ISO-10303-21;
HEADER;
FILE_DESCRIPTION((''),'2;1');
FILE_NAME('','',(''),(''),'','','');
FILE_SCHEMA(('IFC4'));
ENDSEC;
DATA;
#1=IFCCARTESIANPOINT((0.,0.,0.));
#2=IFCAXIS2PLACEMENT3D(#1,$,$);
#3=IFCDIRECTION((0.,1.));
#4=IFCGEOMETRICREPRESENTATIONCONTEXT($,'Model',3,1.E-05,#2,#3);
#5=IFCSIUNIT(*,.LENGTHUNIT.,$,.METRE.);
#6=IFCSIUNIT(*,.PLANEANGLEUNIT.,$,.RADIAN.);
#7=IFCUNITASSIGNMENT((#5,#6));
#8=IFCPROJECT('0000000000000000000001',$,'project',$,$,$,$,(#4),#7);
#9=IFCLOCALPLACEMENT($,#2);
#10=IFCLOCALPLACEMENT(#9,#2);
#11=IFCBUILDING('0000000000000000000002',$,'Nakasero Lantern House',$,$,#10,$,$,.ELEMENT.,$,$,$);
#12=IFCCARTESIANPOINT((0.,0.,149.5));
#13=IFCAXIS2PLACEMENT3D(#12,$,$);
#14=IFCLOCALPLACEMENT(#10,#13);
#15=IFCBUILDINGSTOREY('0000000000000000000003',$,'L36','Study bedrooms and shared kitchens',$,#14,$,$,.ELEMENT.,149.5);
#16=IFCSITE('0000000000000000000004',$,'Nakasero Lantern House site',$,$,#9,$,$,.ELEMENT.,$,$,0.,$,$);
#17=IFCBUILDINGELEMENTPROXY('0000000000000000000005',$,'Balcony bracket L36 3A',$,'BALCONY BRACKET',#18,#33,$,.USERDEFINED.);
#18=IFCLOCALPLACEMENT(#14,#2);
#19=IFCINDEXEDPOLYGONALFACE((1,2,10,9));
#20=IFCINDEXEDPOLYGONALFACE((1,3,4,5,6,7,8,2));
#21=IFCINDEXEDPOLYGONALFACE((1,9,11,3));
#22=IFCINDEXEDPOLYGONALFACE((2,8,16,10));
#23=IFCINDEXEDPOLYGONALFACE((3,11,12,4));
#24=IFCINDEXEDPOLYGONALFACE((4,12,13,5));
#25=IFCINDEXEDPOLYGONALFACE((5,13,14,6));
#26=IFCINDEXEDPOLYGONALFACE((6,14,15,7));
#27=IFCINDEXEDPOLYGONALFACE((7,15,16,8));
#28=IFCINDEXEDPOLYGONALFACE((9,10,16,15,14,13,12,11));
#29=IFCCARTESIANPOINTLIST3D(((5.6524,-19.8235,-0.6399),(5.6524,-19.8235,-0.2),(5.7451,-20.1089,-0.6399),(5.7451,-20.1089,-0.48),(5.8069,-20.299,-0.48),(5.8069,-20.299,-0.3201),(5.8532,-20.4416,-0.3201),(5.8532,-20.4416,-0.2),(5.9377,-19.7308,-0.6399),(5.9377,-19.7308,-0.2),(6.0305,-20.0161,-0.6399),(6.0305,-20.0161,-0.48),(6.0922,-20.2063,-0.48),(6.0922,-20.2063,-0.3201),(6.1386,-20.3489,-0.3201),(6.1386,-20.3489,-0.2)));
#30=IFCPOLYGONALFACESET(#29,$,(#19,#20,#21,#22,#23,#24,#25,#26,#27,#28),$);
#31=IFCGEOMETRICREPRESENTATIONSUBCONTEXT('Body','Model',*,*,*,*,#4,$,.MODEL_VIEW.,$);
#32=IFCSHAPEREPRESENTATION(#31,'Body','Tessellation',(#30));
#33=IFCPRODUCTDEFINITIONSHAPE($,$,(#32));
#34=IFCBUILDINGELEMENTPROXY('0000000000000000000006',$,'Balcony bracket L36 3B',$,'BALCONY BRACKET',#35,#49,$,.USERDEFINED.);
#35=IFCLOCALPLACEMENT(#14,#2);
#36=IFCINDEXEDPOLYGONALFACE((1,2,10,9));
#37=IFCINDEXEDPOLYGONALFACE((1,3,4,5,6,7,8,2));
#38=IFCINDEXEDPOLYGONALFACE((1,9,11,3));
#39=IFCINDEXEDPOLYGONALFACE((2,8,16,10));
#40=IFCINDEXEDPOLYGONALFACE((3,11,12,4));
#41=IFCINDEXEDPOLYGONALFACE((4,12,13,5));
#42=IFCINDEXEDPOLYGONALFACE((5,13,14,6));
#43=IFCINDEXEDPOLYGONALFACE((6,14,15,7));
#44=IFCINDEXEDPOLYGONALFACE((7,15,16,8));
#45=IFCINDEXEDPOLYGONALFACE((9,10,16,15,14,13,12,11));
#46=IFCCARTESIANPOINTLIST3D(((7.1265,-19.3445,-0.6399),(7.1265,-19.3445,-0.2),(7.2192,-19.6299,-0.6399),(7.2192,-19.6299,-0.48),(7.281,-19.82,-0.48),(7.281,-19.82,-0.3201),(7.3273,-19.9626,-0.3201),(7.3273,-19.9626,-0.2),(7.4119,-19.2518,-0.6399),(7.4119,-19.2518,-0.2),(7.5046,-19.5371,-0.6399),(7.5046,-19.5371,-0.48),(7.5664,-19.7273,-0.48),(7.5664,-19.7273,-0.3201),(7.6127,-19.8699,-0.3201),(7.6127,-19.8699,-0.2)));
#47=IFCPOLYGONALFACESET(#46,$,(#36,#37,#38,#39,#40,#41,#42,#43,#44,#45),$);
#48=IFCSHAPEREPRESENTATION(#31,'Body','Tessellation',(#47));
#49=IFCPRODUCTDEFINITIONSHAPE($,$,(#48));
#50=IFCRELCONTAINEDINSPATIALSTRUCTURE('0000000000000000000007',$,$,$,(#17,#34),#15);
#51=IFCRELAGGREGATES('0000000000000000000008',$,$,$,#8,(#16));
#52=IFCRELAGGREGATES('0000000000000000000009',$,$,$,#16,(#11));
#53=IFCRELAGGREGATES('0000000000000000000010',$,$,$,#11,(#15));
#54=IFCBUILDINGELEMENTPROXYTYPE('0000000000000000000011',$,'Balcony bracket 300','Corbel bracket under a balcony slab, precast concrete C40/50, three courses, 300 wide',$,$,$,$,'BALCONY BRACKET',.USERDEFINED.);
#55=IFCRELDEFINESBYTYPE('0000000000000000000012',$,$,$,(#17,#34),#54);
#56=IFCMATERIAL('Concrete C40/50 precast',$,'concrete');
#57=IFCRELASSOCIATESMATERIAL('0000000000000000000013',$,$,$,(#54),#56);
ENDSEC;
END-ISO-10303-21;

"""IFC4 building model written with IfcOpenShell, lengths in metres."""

from ifc_helpers import new_model, si_unit, direction, frame, origin, place, context, subcontext, project, spatial, polyline, outline, extrude, material, type_object, element, save


model = new_model("IFC4")

# Units and contexts
model_context = context("Model", 3, precision=1e-05, world=origin(), true_north=direction((0.0, 1.0)))
body_context = subcontext(model_context, "Body", "Model", "MODEL_VIEW")
ifc_project = project(units=[si_unit("LENGTHUNIT", "METRE"), si_unit("PLANEANGLEUNIT", "RADIAN")], contexts=[model_context])

# Site, building, storey
site_placement = place(None, origin())
site = spatial("IfcSite", under=ifc_project, at=site_placement, Name="Nakasero Lantern House site", CompositionType="ELEMENT", RefElevation=0.0)
building_placement = place(site_placement, origin())
building = spatial("IfcBuilding", under=site, at=building_placement, Name="Nakasero Lantern House", CompositionType="ELEMENT")
storey_placement = place(building_placement, frame((0.0, 0.0, 149.5)))
storey = spatial("IfcBuildingStorey", under=building, at=storey_placement, Name="L36", Description="Study bedrooms and shared kitchens", CompositionType="ELEMENT", Elevation=149.5)

# Building element proxies
ifc_material_1 = material(Name="Concrete C40/50 precast", Category="concrete")
building_element_proxy_type = type_object("IfcBuildingElementProxyType", Name="Balcony bracket 300", Description="Corbel bracket under a balcony slab, precast concrete C40/50, three courses, 300 wide", ElementType="BALCONY BRACKET", PredefinedType="USERDEFINED", material=ifc_material_1)
for number, where, z_axis, x_axis, name in (
    (1, (5.7952, -19.7771, -0.2), (0.0, 0.0, 1.0), (0.309017, -0.951057, 0.0), "Balcony bracket L36 3A"),
    (2, (7.2693, -19.2981, -0.2), (0.0, 0.0, 1.0), (0.309017, -0.951057, 0.0), "Balcony bracket L36 3B"),
):
    element("IfcBuildingElementProxy", number, at=place(storey_placement, frame(where, z_axis=z_axis, x_axis=x_axis)), inside=storey, type_object=building_element_proxy_type, Name=name, ObjectType="BALCONY BRACKET", PredefinedType="USERDEFINED", context=body_context, shape_type="SweptSolid", body=[
        extrude(outline(polyline([(0.0, 0.0), (0.6499, 0.0), (0.6499, -0.1201), (0.5, -0.1201), (0.5, -0.28), (0.3, -0.28), (0.3, -0.4399), (0.0, -0.4399), (0.0, 0.0)])), frame((0.0, 0.1499, 0.0), z_axis=(0.0, -1.0, 0.0), x_axis=(1.0, 0.0, 0.0)), (0.0, 0.0, 1.0), 0.3),
    ])

save(model, "model.ifc")
